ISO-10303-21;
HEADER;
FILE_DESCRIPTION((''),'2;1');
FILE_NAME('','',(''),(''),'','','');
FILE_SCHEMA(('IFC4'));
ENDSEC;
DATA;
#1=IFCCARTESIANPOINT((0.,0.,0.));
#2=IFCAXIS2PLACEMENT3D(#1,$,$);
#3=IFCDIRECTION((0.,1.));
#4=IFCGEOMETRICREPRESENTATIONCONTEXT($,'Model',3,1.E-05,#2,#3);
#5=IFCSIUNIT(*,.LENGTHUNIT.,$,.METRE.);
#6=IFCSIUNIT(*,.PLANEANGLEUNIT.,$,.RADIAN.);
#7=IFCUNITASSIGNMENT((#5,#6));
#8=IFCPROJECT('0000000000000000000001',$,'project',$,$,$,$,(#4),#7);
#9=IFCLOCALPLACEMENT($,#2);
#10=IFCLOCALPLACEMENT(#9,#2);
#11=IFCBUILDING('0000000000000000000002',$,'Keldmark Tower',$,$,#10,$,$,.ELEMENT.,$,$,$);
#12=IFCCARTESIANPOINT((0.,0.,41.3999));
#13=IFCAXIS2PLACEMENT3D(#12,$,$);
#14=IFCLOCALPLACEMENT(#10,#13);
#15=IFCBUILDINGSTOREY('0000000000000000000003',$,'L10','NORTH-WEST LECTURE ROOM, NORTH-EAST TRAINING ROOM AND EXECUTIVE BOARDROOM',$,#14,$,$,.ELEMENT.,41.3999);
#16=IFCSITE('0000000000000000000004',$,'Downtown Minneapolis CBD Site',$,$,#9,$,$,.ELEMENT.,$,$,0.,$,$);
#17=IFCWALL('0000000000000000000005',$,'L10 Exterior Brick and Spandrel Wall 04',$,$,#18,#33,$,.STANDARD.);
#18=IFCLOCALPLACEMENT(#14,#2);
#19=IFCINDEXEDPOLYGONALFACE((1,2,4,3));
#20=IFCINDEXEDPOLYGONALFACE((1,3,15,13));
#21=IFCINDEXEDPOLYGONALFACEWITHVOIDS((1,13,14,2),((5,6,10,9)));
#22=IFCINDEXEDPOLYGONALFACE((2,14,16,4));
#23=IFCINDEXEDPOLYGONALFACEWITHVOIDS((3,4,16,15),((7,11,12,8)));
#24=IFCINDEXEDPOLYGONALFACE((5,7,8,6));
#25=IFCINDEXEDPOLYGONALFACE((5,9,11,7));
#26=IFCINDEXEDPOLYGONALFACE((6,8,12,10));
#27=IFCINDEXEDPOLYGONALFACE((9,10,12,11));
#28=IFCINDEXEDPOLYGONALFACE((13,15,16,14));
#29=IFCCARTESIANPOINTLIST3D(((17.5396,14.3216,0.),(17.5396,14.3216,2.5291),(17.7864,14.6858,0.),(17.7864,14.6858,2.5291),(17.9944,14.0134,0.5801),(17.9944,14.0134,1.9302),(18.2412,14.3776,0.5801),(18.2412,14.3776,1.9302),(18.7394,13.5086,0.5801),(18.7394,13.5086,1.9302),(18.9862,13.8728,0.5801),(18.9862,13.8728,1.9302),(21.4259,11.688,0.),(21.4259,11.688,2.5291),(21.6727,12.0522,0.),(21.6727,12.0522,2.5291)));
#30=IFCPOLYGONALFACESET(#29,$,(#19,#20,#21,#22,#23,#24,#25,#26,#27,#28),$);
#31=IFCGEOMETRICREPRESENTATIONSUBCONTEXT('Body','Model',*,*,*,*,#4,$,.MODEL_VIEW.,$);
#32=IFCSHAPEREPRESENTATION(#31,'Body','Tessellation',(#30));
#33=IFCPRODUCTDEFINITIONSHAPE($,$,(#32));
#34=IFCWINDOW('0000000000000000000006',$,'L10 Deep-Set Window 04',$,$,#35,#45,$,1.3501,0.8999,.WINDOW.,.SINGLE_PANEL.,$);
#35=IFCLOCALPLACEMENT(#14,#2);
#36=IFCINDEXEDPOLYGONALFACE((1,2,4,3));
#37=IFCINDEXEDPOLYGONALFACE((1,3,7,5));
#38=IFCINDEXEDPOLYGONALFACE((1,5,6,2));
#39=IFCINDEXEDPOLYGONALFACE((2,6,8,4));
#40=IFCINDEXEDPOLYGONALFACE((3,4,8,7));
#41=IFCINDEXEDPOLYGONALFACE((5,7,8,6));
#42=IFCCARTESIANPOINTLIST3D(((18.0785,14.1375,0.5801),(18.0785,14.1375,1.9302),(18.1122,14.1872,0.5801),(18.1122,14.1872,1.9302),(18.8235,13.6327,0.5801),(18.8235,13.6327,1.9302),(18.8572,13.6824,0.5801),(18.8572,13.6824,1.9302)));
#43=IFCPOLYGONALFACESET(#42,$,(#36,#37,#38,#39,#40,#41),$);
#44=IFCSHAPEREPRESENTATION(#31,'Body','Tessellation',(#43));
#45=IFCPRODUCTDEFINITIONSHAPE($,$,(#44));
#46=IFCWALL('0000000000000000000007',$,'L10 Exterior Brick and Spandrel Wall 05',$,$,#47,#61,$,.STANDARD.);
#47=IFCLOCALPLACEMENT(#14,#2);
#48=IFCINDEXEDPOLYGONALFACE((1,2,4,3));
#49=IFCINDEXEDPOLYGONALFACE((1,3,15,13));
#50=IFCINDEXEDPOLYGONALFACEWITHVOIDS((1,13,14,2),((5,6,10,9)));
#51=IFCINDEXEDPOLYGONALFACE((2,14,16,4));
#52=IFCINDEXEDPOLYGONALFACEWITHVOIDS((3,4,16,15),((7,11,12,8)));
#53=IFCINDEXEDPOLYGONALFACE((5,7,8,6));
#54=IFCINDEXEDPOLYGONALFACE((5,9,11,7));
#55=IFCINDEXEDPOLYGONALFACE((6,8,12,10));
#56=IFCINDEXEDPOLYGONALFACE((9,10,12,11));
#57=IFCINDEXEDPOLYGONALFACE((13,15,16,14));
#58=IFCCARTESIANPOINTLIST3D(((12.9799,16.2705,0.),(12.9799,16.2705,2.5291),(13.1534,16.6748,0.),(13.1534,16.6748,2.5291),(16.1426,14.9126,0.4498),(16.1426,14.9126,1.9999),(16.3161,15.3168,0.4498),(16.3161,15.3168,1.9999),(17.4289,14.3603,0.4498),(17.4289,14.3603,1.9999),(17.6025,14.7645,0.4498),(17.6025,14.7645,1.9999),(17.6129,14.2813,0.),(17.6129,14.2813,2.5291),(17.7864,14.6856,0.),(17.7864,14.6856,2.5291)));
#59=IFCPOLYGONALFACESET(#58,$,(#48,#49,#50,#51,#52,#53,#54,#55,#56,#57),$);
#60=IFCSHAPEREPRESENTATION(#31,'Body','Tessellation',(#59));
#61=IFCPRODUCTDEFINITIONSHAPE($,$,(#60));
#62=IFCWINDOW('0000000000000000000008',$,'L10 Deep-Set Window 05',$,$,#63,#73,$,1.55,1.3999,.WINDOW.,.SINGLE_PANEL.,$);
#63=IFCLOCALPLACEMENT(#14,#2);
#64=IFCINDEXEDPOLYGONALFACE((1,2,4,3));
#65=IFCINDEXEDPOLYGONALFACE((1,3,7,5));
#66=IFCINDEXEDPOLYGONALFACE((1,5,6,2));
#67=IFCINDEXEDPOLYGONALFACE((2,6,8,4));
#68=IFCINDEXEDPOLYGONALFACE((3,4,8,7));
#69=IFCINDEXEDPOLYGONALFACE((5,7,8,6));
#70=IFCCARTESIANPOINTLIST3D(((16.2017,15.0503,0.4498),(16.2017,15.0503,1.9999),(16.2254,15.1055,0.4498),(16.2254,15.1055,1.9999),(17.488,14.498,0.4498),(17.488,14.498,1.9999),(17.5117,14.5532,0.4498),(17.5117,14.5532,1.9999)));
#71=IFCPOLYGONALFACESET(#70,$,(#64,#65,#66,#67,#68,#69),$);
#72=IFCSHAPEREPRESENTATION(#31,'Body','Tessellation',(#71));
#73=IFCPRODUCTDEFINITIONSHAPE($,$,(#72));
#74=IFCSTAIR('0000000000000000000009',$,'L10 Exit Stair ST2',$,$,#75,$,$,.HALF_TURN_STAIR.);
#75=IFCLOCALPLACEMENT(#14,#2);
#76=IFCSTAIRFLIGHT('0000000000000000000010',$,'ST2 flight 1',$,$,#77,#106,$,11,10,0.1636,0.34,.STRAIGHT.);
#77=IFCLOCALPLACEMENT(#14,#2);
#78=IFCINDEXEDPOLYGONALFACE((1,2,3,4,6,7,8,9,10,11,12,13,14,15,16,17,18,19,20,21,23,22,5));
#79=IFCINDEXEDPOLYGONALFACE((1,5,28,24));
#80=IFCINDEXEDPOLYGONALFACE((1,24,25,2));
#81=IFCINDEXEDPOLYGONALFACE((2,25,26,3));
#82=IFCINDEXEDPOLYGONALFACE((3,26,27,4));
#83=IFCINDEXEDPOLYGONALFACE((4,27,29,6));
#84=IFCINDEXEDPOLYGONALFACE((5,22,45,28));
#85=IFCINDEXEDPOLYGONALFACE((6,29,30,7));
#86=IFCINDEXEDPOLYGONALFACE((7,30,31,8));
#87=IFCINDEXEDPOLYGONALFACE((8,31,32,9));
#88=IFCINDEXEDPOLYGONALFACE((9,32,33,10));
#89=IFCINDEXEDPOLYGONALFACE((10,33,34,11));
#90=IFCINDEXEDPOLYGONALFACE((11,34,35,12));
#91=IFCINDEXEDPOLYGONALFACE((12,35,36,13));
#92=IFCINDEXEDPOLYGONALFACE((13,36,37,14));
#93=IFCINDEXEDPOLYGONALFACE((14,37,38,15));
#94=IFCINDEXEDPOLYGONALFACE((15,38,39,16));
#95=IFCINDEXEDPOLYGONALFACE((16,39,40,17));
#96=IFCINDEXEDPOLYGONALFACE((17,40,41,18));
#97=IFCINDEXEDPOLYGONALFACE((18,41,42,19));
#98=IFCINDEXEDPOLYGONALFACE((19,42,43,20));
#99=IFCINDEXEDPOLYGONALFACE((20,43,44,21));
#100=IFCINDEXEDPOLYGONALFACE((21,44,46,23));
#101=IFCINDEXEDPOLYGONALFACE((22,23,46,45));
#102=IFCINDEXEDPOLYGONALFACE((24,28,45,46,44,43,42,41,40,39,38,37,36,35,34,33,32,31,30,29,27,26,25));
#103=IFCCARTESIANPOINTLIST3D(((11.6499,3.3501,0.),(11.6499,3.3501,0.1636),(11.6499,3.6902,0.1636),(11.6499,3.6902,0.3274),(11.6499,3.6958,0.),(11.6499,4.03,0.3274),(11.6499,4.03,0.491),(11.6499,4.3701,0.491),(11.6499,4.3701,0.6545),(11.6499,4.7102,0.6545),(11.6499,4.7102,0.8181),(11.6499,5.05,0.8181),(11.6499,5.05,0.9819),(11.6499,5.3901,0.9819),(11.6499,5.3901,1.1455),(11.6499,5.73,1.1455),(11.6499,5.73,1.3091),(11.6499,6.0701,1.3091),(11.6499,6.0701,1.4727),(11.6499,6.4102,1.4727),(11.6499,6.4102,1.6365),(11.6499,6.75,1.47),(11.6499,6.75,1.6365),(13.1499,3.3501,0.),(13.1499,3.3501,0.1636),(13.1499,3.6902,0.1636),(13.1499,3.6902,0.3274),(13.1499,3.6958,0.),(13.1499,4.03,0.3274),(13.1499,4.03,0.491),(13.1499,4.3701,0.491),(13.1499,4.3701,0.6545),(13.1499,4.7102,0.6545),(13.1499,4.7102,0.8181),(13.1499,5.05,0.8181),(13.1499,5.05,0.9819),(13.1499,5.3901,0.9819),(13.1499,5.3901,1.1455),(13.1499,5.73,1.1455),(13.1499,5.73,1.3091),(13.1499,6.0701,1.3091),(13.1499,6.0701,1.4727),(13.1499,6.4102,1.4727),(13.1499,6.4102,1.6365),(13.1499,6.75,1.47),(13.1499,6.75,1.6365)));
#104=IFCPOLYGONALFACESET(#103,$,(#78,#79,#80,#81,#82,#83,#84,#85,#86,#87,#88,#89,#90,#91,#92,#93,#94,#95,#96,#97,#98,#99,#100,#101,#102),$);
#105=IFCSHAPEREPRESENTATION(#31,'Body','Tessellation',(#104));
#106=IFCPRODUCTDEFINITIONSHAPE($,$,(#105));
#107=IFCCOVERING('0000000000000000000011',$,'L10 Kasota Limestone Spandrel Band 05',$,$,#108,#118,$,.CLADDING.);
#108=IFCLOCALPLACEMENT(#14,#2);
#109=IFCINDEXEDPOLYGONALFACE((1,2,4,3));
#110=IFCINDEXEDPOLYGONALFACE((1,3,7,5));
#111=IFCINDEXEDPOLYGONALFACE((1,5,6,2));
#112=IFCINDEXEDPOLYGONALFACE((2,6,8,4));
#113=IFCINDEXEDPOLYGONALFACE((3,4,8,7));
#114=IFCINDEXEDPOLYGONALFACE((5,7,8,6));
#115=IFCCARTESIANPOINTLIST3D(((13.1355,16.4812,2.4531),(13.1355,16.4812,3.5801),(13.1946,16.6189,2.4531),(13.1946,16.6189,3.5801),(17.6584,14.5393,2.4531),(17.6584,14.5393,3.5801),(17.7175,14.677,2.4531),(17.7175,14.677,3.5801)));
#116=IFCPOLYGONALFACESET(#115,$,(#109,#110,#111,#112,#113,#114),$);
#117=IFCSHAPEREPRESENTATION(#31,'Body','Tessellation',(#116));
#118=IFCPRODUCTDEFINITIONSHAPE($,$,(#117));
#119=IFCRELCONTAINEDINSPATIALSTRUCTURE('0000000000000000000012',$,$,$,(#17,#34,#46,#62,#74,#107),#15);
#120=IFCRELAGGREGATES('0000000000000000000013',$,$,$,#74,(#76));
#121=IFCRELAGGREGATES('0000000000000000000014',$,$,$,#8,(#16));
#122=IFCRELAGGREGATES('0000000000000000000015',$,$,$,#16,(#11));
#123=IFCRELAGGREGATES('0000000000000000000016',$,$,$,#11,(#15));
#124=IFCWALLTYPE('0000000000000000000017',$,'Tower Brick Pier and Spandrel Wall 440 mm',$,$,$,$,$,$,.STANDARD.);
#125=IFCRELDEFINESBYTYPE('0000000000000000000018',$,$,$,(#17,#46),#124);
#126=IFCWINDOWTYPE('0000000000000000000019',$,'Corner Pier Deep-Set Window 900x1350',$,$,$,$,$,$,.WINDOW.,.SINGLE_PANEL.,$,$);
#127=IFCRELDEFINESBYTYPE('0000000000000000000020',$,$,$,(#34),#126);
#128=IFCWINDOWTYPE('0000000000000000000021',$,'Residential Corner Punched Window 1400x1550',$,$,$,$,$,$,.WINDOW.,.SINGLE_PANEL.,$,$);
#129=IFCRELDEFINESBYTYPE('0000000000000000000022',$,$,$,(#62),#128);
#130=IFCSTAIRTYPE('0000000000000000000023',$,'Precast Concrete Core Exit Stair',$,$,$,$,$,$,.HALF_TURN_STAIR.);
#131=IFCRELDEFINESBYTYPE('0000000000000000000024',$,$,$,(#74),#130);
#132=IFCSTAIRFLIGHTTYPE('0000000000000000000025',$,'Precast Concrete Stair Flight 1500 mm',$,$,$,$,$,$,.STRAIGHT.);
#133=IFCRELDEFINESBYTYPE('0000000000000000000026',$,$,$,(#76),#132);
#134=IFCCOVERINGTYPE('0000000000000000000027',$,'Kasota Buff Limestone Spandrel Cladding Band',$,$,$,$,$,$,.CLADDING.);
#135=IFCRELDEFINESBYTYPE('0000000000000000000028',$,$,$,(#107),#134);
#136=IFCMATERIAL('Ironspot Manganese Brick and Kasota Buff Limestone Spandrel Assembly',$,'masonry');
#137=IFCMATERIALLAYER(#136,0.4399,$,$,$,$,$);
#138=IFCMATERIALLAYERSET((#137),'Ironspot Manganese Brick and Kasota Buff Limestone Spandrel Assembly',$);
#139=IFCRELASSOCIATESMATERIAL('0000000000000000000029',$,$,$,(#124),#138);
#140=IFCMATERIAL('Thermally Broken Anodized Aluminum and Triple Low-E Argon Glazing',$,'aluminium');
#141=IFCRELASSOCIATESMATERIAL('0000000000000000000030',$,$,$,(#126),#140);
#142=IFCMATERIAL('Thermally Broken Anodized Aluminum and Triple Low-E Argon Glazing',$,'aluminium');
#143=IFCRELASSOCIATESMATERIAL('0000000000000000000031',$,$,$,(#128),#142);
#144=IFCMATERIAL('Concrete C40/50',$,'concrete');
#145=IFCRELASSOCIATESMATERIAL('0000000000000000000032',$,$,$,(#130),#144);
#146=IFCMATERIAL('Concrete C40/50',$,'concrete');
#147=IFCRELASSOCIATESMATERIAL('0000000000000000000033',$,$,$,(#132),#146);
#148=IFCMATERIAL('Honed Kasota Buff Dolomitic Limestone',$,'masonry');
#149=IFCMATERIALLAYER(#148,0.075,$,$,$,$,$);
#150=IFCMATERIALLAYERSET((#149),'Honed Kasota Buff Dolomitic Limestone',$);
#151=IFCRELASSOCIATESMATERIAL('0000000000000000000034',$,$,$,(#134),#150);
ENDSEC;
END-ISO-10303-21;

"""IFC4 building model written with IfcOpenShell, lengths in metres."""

from ifc_helpers import new_model, si_unit, direction, frame, frame_2d, origin, origin_2d, place, context, subcontext, project, spatial, polyline, rectangle, outline, extrude, material, layer, layer_set, type_object, element, fill, aggregate, save


model = new_model("IFC4")

# Units and contexts
model_context = context("Model", 3, precision=1e-05, world=origin(), true_north=direction((0.0, 1.0)))
body_context = subcontext(model_context, "Body", "Model", "MODEL_VIEW")
ifc_project = project(units=[si_unit("LENGTHUNIT", "METRE"), si_unit("PLANEANGLEUNIT", "RADIAN")], contexts=[model_context])

# Site, building, storey
site_placement = place(None, origin())
site = spatial("IfcSite", under=ifc_project, at=site_placement, Name="Downtown Minneapolis CBD Site", CompositionType="ELEMENT", RefElevation=0.0)
building_placement = place(site_placement, origin())
building = spatial("IfcBuilding", under=site, at=building_placement, Name="Keldmark Tower", CompositionType="ELEMENT")
storey_placement = place(building_placement, frame((0.0, 0.0, 41.3999)))
storey = spatial("IfcBuildingStorey", under=building, at=storey_placement, Name="L10", Description="NORTH-WEST LECTURE ROOM, NORTH-EAST TRAINING ROOM AND EXECUTIVE BOARDROOM", CompositionType="ELEMENT", Elevation=41.3999)

# Walls, openings, windows
ifc_material_1 = material(Name="Ironspot Manganese Brick and Kasota Buff Limestone Spandrel Assembly", Category="masonry")
ifc_layer_1 = layer(ifc_material_1, 0.4399)
ifc_layer_set_1 = layer_set([ifc_layer_1], Name="Ironspot Manganese Brick and Kasota Buff Limestone Spandrel Assembly")
wall_type_1 = type_object("IfcWallType", Name="Tower Brick Pier and Spandrel Wall 440 mm", PredefinedType="STANDARD", material=ifc_layer_set_1)
wall_1_placement = place(storey_placement, frame((17.6631, 14.5037, 0.0), z_axis=(0.0, 0.0, 1.0), x_axis=(0.827826, -0.560985, 0.0)))
wall_1 = element("IfcWall", 1, at=wall_1_placement, inside=storey, type_object=wall_type_1, Name="L10 Exterior Brick and Spandrel Wall 04", PredefinedType="STANDARD", context=body_context, shape_type="SweptSolid", body=[
    extrude(rectangle(XDim=4.6946, YDim=0.4399, at=frame_2d((2.3472, 0.0))), origin(), (0.0, 0.0, 1.0), 2.5291),
])
opening_1_placement = place(wall_1_placement, frame((0.5493, 0.0, 0.5801)))
opening_1 = element("IfcOpeningElement", 2, at=opening_1_placement, cuts=wall_1, PredefinedType="OPENING", context=body_context, shape_type="SweptSolid", body=[
    extrude(rectangle(XDim=0.8999, YDim=1.3501, at=frame_2d((0.45, 0.675))), frame((0.0, 0.23, 0.0), z_axis=(0.0, -1.0, 0.0), x_axis=(1.0, 0.0, 0.0)), (0.0, 0.0, 1.0), 0.46),
])
ifc_material_2 = material(Name="Thermally Broken Anodized Aluminum and Triple Low-E Argon Glazing", Category="aluminium")
window_type_1 = type_object("IfcWindowType", Name="Corner Pier Deep-Set Window 900x1350", PartitioningType="SINGLE_PANEL", PredefinedType="WINDOW", material=ifc_material_2)
window_1_placement = place(opening_1_placement, origin())
window_1 = element("IfcWindow", 3, at=window_1_placement, inside=storey, type_object=window_type_1, Name="L10 Deep-Set Window 04", OverallHeight=1.3501, OverallWidth=0.8999, PartitioningType="SINGLE_PANEL", PredefinedType="WINDOW", context=body_context, shape_type="SweptSolid", body=[
    extrude(rectangle(XDim=0.8999, YDim=1.3501, at=frame_2d((0.45, 0.675))), frame((0.0, -0.01, 0.0), z_axis=(0.0, -1.0, 0.0), x_axis=(1.0, 0.0, 0.0)), (0.0, 0.0, 1.0), 0.0601),
])
fill(opening_1, window_1)
wall_2_placement = place(storey_placement, frame((13.0667, 16.4727, 0.0), z_axis=(0.0, 0.0, 1.0), x_axis=(0.918882, -0.394533, 0.0)))
wall_2 = element("IfcWall", 4, at=wall_2_placement, inside=storey, type_object=wall_type_1, Name="L10 Exterior Brick and Spandrel Wall 05", PredefinedType="STANDARD", context=body_context, shape_type="SweptSolid", body=[
    extrude(rectangle(XDim=5.042, YDim=0.4399, at=frame_2d((2.521, 0.0))), origin(), (0.0, 0.0, 1.0), 2.5291),
])
opening_2_placement = place(wall_2_placement, frame((3.4419, 0.0, 0.45)))
opening_2 = element("IfcOpeningElement", 5, at=opening_2_placement, cuts=wall_2, PredefinedType="OPENING", context=body_context, shape_type="SweptSolid", body=[
    extrude(rectangle(XDim=1.3999, YDim=1.55, at=frame_2d((0.7, 0.7749))), frame((0.0, 0.23, 0.0), z_axis=(0.0, -1.0, 0.0), x_axis=(1.0, 0.0, 0.0)), (0.0, 0.0, 1.0), 0.46),
])
ifc_material_3 = material(Name="Thermally Broken Anodized Aluminum and Triple Low-E Argon Glazing", Category="aluminium")
window_type_2 = type_object("IfcWindowType", Name="Residential Corner Punched Window 1400x1550", PartitioningType="SINGLE_PANEL", PredefinedType="WINDOW", material=ifc_material_3)
window_2_placement = place(opening_2_placement, origin())
window_2 = element("IfcWindow", 6, at=window_2_placement, inside=storey, type_object=window_type_2, Name="L10 Deep-Set Window 05", OverallHeight=1.55, OverallWidth=1.3999, PartitioningType="SINGLE_PANEL", PredefinedType="WINDOW", context=body_context, shape_type="SweptSolid", body=[
    extrude(rectangle(XDim=1.3999, YDim=1.55, at=frame_2d((0.7, 0.7749))), frame((0.0, -0.01, 0.0), z_axis=(0.0, -1.0, 0.0), x_axis=(1.0, 0.0, 0.0)), (0.0, 0.0, 1.0), 0.0601),
])
fill(opening_2, window_2)

# Stair, stair flight
ifc_material_4 = material(Name="Concrete C40/50", Category="concrete")
stair_type = type_object("IfcStairType", Name="Precast Concrete Core Exit Stair", PredefinedType="HALF_TURN_STAIR", material=ifc_material_4)
stair_placement = place(storey_placement, origin())
stair = element("IfcStair", 7, at=stair_placement, inside=storey, type_object=stair_type, Name="L10 Exit Stair ST2", PredefinedType="HALF_TURN_STAIR")
ifc_material_5 = material(Name="Concrete C40/50", Category="concrete")
stair_flight_type = type_object("IfcStairFlightType", Name="Precast Concrete Stair Flight 1500 mm", PredefinedType="STRAIGHT", material=ifc_material_5)
stair_flight_placement = place(storey_placement, frame((12.3999, 3.3501, 0.0), z_axis=(0.0, 0.0, 1.0), x_axis=(0.0, 1.0, 0.0)))
stair_flight = element("IfcStairFlight", 8, at=stair_flight_placement, type_object=stair_flight_type, Name="ST2 flight 1", NumberOfRisers=11, NumberOfTreads=10, PredefinedType="STRAIGHT", RiserHeight=0.1636, TreadLength=0.34, context=body_context, shape_type="SweptSolid", body=[
    extrude(outline(polyline([(0.0, 0.0), (0.0, 0.1636), (0.3401, 0.1636), (0.3401, 0.3274), (0.6799, 0.3274), (0.6799, 0.491), (1.02, 0.491), (1.02, 0.6545), (1.3601, 0.6545), (1.3601, 0.8181), (1.7, 0.8181), (1.7, 0.9819), (2.04, 0.9819), (2.04, 1.1455), (2.3799, 1.1455), (2.3799, 1.3091), (2.72, 1.3091), (2.72, 1.4727), (3.0601, 1.4727), (3.0601, 1.6365), (3.3999, 1.6365), (3.3999, 1.8), (3.3999, 1.47), (0.3457, 0.0), (0.0, 0.0)])), frame((0.0, 0.75, 0.0), z_axis=(0.0, -1.0, 0.0), x_axis=(1.0, 0.0, 0.0)), (0.0, 0.0, 1.0), 1.5),
])
aggregate(stair, [stair_flight])

# Covering
ifc_material_6 = material(Name="Honed Kasota Buff Dolomitic Limestone", Category="masonry")
ifc_layer_2 = layer(ifc_material_6, 0.075)
ifc_layer_set_2 = layer_set([ifc_layer_2], Name="Honed Kasota Buff Dolomitic Limestone")
covering_type = type_object("IfcCoveringType", Name="Kasota Buff Limestone Spandrel Cladding Band", PredefinedType="CLADDING", material=ifc_layer_set_2)
covering_placement = place(storey_placement, frame((15.4265, 15.5791, 2.4531), z_axis=(0.0, 0.0, 1.0), x_axis=(-0.918888, 0.394519, 0.0)))
element("IfcCovering", 9, at=covering_placement, inside=storey, type_object=covering_type, Name="L10 Kasota Limestone Spandrel Band 05", PredefinedType="CLADDING", context=body_context, shape_type="SweptSolid", body=[
    extrude(rectangle(XDim=4.9221, YDim=0.1499, at=origin_2d()), origin(), (0.0, 0.0, 1.0), 1.127),
])

save(model, "model.ifc")
